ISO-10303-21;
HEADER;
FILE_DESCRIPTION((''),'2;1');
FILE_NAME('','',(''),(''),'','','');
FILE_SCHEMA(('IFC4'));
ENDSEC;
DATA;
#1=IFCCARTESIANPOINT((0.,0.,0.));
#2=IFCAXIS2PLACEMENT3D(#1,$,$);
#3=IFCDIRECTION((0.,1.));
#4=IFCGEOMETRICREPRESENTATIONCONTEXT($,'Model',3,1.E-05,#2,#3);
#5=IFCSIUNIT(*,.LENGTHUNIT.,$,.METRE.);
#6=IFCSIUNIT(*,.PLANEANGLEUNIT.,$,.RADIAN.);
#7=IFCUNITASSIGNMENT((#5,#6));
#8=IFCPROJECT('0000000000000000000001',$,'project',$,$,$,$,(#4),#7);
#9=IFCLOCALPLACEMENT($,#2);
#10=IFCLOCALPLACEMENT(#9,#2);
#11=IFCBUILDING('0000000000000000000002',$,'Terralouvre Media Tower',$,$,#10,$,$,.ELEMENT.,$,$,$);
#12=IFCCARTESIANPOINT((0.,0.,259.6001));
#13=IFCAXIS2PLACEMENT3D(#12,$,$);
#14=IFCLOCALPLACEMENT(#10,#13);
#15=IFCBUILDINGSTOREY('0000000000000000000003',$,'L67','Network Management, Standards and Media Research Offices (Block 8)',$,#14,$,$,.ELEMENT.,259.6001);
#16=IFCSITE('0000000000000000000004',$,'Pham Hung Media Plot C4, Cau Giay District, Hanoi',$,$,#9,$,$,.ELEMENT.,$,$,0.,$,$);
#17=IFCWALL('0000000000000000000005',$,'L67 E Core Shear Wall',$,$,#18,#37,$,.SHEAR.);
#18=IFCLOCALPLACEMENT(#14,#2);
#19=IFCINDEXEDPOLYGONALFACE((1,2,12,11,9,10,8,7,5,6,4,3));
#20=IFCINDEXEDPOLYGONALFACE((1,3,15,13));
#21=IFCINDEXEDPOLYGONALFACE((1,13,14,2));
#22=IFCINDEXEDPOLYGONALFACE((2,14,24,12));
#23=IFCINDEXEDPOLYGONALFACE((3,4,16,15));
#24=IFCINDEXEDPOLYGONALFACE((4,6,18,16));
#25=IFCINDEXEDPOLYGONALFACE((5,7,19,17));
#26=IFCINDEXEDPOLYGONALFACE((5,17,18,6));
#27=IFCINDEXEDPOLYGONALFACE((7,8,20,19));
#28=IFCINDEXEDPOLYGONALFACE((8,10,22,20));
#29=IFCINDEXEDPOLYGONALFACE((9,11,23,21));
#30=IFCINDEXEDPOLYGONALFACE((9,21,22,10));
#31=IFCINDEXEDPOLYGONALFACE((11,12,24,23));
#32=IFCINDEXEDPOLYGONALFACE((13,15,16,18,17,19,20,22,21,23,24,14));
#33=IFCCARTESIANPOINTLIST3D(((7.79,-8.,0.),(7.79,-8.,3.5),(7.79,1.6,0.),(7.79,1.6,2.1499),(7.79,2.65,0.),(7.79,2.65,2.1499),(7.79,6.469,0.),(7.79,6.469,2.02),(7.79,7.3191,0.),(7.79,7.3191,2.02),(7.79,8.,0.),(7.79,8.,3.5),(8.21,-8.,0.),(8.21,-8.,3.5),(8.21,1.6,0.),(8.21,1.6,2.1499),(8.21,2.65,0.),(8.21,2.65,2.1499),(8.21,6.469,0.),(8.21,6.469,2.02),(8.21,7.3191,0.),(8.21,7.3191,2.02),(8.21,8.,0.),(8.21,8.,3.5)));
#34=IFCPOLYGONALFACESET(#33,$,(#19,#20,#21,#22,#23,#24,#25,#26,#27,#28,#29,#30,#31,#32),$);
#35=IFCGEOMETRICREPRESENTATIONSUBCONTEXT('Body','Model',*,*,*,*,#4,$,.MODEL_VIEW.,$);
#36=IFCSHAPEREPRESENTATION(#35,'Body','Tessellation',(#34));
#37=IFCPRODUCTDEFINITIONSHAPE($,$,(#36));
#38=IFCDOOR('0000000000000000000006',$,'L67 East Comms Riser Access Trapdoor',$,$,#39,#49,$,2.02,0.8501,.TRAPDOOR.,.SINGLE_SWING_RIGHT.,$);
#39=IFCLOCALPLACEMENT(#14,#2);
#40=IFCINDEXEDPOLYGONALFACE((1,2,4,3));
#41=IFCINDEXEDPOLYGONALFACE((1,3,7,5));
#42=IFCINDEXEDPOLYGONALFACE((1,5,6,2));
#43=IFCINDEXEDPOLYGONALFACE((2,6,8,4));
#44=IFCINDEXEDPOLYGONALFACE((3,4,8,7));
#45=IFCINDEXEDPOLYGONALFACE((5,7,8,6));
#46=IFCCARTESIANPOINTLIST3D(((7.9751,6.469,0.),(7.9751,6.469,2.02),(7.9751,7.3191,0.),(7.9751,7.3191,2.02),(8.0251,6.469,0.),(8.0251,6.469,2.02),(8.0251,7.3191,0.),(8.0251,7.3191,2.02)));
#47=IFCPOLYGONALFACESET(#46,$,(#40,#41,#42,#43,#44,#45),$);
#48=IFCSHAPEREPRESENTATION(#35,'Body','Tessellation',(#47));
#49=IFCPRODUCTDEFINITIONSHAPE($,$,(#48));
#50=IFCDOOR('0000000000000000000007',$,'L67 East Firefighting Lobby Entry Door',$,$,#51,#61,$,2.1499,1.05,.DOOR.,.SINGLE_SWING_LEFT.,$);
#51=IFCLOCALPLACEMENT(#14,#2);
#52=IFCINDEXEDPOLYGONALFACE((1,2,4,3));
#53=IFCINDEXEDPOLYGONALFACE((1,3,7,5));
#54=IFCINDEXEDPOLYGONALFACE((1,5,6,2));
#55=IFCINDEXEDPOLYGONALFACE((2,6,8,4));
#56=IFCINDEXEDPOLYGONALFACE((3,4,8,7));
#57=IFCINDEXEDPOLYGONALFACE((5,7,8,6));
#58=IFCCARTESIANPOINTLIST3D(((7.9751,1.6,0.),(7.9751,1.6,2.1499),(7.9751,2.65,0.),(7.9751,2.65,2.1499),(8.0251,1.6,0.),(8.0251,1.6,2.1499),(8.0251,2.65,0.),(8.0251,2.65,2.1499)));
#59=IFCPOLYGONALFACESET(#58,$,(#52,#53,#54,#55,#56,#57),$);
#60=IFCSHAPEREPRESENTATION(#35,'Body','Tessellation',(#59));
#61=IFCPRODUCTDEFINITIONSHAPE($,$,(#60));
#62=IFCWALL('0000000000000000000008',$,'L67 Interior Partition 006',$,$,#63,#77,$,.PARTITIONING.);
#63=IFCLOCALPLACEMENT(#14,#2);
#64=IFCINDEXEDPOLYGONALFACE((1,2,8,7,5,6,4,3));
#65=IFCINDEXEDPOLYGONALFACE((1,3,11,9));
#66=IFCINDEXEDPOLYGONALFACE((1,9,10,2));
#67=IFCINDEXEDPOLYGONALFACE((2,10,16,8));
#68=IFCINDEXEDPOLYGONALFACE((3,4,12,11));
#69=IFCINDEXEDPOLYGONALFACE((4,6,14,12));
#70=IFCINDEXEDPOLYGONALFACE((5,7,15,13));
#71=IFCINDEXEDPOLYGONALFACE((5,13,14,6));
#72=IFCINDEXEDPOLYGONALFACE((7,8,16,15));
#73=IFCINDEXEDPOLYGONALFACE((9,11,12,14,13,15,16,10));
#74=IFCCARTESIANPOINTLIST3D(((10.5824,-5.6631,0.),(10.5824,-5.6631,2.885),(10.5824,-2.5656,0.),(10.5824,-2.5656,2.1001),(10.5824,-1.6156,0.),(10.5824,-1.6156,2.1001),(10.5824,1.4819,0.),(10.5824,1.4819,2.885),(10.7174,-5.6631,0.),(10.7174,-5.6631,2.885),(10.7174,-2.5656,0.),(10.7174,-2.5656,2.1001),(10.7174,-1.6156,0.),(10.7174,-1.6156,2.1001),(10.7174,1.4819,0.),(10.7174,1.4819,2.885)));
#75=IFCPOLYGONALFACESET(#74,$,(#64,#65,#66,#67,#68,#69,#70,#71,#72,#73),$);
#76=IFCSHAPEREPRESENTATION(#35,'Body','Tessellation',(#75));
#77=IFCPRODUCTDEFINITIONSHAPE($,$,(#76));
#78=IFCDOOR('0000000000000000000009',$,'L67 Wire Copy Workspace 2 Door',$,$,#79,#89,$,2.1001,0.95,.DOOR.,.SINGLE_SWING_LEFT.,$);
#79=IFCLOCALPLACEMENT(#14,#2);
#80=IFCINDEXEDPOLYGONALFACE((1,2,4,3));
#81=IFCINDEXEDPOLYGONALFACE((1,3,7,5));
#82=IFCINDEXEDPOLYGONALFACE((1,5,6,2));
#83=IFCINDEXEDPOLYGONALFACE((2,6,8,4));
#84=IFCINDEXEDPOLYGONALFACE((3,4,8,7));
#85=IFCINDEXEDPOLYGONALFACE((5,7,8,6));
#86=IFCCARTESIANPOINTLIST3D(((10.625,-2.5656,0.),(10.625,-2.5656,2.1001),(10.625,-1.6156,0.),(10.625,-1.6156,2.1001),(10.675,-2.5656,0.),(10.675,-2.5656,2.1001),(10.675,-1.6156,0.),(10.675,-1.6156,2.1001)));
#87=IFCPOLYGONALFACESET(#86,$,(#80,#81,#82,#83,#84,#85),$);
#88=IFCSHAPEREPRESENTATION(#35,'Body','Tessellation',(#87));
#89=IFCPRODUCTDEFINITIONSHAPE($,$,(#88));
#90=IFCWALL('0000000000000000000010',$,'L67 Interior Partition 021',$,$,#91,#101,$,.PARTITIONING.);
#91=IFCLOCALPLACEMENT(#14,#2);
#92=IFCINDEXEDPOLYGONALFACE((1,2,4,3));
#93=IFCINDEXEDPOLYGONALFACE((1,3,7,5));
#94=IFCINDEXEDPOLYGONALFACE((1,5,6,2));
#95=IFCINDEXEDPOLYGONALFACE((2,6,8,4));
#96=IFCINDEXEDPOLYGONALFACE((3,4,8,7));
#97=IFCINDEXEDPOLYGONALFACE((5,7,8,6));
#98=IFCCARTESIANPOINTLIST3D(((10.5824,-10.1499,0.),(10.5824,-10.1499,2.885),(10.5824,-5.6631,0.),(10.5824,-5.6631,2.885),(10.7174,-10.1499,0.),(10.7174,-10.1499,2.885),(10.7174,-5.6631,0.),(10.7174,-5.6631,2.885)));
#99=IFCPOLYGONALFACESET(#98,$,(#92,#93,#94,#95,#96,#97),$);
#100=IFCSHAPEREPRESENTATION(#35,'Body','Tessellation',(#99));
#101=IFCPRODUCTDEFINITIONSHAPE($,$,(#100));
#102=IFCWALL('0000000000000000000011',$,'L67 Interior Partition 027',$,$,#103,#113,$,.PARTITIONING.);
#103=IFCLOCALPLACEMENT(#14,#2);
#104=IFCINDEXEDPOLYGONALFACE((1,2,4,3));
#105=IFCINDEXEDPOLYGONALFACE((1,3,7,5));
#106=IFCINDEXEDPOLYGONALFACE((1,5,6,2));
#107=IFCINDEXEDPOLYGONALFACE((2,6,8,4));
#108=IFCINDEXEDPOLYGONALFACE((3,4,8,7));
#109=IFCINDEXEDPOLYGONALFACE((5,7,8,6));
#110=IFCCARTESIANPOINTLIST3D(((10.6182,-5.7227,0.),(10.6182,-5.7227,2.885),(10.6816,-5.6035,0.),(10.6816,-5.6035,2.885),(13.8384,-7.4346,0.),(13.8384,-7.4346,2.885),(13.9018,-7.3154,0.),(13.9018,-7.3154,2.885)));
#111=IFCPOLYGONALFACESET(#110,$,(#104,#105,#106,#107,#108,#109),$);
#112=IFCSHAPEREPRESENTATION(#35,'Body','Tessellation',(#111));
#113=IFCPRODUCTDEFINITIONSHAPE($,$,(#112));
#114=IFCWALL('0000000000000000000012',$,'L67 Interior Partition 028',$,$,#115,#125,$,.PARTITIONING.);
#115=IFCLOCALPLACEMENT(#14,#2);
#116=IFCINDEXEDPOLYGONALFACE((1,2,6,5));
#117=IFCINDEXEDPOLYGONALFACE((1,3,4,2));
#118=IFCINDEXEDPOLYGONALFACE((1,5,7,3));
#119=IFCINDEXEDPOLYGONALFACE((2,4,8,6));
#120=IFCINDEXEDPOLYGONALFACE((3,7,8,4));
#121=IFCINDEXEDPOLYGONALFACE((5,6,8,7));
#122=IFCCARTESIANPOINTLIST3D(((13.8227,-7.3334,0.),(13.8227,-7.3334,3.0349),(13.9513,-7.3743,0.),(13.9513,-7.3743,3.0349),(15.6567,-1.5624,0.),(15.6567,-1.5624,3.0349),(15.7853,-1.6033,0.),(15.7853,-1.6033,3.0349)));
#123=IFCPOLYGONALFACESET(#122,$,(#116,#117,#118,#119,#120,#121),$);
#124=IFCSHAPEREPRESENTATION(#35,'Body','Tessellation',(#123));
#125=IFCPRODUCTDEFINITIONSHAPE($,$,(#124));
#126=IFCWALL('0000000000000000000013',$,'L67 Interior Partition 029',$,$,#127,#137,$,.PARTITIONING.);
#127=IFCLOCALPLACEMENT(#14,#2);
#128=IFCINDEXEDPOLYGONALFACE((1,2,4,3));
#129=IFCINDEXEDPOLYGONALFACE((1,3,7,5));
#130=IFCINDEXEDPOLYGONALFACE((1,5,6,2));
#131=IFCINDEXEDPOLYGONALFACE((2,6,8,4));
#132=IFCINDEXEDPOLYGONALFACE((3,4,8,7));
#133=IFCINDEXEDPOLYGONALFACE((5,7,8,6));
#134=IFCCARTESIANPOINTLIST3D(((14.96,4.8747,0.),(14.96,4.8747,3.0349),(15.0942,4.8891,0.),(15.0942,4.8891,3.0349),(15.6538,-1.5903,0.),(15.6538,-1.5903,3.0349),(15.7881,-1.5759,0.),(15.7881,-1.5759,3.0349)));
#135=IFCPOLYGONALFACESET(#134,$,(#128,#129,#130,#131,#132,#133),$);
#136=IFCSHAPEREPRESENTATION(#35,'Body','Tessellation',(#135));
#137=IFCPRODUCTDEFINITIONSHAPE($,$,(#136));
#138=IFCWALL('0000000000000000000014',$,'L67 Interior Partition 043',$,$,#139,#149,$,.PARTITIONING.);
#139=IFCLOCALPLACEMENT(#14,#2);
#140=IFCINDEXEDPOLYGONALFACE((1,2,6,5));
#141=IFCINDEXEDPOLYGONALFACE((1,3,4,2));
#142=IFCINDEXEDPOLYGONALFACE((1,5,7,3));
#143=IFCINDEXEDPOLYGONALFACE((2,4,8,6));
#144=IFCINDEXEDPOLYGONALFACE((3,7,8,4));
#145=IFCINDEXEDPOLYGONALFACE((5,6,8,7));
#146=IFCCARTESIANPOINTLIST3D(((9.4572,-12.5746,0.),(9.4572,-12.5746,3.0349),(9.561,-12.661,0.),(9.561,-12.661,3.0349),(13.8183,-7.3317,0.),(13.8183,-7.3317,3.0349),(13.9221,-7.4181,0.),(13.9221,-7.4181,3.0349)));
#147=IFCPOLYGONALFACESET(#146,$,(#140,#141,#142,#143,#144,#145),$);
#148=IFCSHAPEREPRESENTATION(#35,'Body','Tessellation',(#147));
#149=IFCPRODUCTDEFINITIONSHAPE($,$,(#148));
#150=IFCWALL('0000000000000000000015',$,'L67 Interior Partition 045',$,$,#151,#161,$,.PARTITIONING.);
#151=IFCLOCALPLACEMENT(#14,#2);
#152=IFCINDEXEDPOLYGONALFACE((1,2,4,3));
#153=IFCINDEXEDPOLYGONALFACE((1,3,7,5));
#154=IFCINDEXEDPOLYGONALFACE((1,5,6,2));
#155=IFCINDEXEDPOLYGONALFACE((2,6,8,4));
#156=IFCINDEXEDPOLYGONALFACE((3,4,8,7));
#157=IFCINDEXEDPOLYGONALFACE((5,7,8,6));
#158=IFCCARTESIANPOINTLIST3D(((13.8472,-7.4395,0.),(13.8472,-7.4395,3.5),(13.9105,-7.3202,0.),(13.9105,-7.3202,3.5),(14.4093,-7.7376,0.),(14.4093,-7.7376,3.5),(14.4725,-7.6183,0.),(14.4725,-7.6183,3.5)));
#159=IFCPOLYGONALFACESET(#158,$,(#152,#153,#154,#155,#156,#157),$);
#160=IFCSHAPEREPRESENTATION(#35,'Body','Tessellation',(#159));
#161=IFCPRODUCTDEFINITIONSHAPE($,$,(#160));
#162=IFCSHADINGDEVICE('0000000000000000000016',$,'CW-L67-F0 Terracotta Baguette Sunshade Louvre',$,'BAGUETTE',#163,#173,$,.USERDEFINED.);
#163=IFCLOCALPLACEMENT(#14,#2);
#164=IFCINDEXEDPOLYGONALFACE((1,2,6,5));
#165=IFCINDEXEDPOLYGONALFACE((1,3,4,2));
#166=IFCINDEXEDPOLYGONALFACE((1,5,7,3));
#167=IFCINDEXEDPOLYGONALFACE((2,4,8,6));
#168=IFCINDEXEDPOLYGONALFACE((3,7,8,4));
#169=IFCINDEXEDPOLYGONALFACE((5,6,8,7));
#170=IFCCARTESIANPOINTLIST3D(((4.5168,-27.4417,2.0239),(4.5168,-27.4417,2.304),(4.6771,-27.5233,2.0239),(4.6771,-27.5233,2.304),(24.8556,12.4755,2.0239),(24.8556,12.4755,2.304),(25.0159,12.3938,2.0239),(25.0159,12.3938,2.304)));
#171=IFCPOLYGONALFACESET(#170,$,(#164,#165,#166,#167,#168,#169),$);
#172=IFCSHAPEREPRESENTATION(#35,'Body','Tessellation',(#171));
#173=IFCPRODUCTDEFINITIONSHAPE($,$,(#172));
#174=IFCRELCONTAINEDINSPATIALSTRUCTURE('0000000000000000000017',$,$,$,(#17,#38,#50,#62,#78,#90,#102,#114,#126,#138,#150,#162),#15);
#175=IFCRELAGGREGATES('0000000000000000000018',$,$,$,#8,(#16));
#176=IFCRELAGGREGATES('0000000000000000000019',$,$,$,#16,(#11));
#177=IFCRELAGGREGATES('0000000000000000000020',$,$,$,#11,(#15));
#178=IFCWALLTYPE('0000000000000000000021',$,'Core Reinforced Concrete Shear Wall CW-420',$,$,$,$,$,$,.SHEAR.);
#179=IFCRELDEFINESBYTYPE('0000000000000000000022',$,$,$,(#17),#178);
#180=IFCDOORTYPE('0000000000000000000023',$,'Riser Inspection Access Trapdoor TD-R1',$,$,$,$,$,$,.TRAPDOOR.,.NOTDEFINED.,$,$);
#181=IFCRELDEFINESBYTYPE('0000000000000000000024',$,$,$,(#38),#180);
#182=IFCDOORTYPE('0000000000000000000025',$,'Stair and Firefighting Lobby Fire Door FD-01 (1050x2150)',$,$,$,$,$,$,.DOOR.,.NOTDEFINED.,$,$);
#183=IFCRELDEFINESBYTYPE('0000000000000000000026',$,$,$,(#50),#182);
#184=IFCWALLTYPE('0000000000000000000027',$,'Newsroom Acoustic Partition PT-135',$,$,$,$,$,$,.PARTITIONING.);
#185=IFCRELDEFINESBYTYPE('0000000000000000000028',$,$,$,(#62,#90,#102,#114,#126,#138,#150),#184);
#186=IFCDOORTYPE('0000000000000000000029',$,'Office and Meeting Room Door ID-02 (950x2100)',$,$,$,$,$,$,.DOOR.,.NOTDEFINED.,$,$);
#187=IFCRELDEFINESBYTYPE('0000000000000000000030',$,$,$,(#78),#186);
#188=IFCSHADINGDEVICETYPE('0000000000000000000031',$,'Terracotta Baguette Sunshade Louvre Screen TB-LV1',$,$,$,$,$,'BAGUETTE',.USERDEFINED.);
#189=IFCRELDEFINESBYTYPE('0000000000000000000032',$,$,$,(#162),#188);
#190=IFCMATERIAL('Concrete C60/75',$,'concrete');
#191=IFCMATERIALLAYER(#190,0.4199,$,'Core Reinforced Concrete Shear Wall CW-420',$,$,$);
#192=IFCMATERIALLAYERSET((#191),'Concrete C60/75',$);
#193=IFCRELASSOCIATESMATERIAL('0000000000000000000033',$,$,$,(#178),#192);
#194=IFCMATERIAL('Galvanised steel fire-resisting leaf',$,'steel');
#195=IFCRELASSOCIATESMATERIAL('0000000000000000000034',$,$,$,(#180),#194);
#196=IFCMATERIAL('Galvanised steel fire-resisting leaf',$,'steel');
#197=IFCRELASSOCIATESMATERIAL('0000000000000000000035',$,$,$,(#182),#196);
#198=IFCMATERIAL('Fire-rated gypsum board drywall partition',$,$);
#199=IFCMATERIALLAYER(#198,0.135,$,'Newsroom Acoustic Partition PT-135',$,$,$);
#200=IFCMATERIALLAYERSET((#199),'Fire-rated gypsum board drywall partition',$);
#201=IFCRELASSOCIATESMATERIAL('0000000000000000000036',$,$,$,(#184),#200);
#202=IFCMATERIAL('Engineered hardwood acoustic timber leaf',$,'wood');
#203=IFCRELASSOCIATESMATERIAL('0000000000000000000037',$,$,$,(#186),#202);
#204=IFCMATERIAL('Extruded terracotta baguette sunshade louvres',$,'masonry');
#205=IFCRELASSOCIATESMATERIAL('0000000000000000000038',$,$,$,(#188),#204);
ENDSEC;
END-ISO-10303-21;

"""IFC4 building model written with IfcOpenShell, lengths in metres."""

from ifc_helpers import new_model, si_unit, direction, frame, frame_2d, origin, origin_2d, place, context, subcontext, project, spatial, rectangle, extrude, material, layer, layer_set, type_object, element, fill, save


model = new_model("IFC4")

# Units and contexts
model_context = context("Model", 3, precision=1e-05, world=origin(), true_north=direction((0.0, 1.0)))
body_context = subcontext(model_context, "Body", "Model", "MODEL_VIEW")
ifc_project = project(units=[si_unit("LENGTHUNIT", "METRE"), si_unit("PLANEANGLEUNIT", "RADIAN")], contexts=[model_context])

# Site, building, storey
site_placement = place(None, origin())
site = spatial("IfcSite", under=ifc_project, at=site_placement, Name="Pham Hung Media Plot C4, Cau Giay District, Hanoi", CompositionType="ELEMENT", RefElevation=0.0)
building_placement = place(site_placement, origin())
building = spatial("IfcBuilding", under=site, at=building_placement, Name="Terralouvre Media Tower", CompositionType="ELEMENT")
storey_placement = place(building_placement, frame((0.0, 0.0, 259.6001)))
storey = spatial("IfcBuildingStorey", under=building, at=storey_placement, Name="L67", Description="Network Management, Standards and Media Research Offices (Block 8)", CompositionType="ELEMENT", Elevation=259.6001)

# Wall, openings, doors
ifc_material_1 = material(Name="Concrete C60/75", Category="concrete")
ifc_layer_1 = layer(ifc_material_1, 0.4199, Name="Core Reinforced Concrete Shear Wall CW-420")
ifc_layer_set_1 = layer_set([ifc_layer_1], Name="Concrete C60/75")
wall_type_1 = type_object("IfcWallType", Name="Core Reinforced Concrete Shear Wall CW-420", PredefinedType="SHEAR", material=ifc_layer_set_1)
wall_1_placement = place(storey_placement, frame((8.0, -8.0, 0.0), z_axis=(0.0, 0.0, 1.0), x_axis=(0.0, 1.0, 0.0)))
wall_1 = element("IfcWall", 1, at=wall_1_placement, inside=storey, type_object=wall_type_1, Name="L67 E Core Shear Wall", PredefinedType="SHEAR", context=body_context, shape_type="SweptSolid", body=[
    extrude(rectangle(XDim=16.0, YDim=0.4199, at=frame_2d((8.0, 0.0))), origin(), (0.0, 0.0, 1.0), 3.5),
])
opening_1_placement = place(wall_1_placement, frame((9.6001, 0.0, 0.0)))
opening_1 = element("IfcOpeningElement", 2, at=opening_1_placement, cuts=wall_1, PredefinedType="OPENING", context=body_context, shape_type="SweptSolid", body=[
    extrude(rectangle(XDim=1.05, YDim=2.1499, at=frame_2d((0.5249, 1.075))), frame((0.0, 0.22, 0.0), z_axis=(0.0, -1.0, 0.0), x_axis=(1.0, 0.0, 0.0)), (0.0, 0.0, 1.0), 0.4399),
])
opening_2_placement = place(wall_1_placement, frame((14.469, 0.0, 0.0)))
opening_2 = element("IfcOpeningElement", 3, at=opening_2_placement, cuts=wall_1, PredefinedType="OPENING", context=body_context, shape_type="SweptSolid", body=[
    extrude(rectangle(XDim=0.8501, YDim=2.02, at=frame_2d((0.425, 1.01))), frame((0.0, 0.22, 0.0), z_axis=(0.0, -1.0, 0.0), x_axis=(1.0, 0.0, 0.0)), (0.0, 0.0, 1.0), 0.4399),
])
ifc_material_2 = material(Name="Galvanised steel fire-resisting leaf", Category="steel")
door_type_1 = type_object("IfcDoorType", Name="Riser Inspection Access Trapdoor TD-R1", OperationType="NOTDEFINED", PredefinedType="TRAPDOOR", material=ifc_material_2)
door_1_placement = place(opening_2_placement, origin())
door_1 = element("IfcDoor", 4, at=door_1_placement, inside=storey, type_object=door_type_1, Name="L67 East Comms Riser Access Trapdoor", OperationType="SINGLE_SWING_RIGHT", OverallHeight=2.02, OverallWidth=0.8501, PredefinedType="TRAPDOOR", context=body_context, shape_type="SweptSolid", body=[
    extrude(rectangle(XDim=0.8501, YDim=2.02, at=frame_2d((0.425, 1.01))), frame((0.0, 0.0249, 0.0), z_axis=(0.0, -1.0, 0.0), x_axis=(1.0, 0.0, 0.0)), (0.0, 0.0, 1.0), 0.05),
])
fill(opening_2, door_1)
ifc_material_3 = material(Name="Galvanised steel fire-resisting leaf", Category="steel")
door_type_2 = type_object("IfcDoorType", Name="Stair and Firefighting Lobby Fire Door FD-01 (1050x2150)", OperationType="NOTDEFINED", PredefinedType="DOOR", material=ifc_material_3)
door_2_placement = place(opening_1_placement, origin())
door_2 = element("IfcDoor", 5, at=door_2_placement, inside=storey, type_object=door_type_2, Name="L67 East Firefighting Lobby Entry Door", OperationType="SINGLE_SWING_LEFT", OverallHeight=2.1499, OverallWidth=1.05, PredefinedType="DOOR", context=body_context, shape_type="SweptSolid", body=[
    extrude(rectangle(XDim=1.05, YDim=2.1499, at=frame_2d((0.5249, 1.075))), frame((0.0, 0.0249, 0.0), z_axis=(0.0, -1.0, 0.0), x_axis=(1.0, 0.0, 0.0)), (0.0, 0.0, 1.0), 0.05),
])
fill(opening_1, door_2)

# Wall, opening, door
ifc_material_4 = material(Name="Fire-rated gypsum board drywall partition")
ifc_layer_2 = layer(ifc_material_4, 0.135, Name="Newsroom Acoustic Partition PT-135")
ifc_layer_set_2 = layer_set([ifc_layer_2], Name="Fire-rated gypsum board drywall partition")
wall_type_2 = type_object("IfcWallType", Name="Newsroom Acoustic Partition PT-135", PredefinedType="PARTITIONING", material=ifc_layer_set_2)
wall_2_placement = place(storey_placement, frame((10.6499, -5.6631, 0.0), z_axis=(0.0, 0.0, 1.0), x_axis=(0.0, 1.0, 0.0)))
wall_2 = element("IfcWall", 6, at=wall_2_placement, inside=storey, type_object=wall_type_2, Name="L67 Interior Partition 006", PredefinedType="PARTITIONING", context=body_context, shape_type="SweptSolid", body=[
    extrude(rectangle(XDim=7.145, YDim=0.135, at=frame_2d((3.5725, 0.0))), origin(), (0.0, 0.0, 1.0), 2.885),
])
opening_3_placement = place(wall_2_placement, frame((3.0974, 0.0, 0.0)))
opening_3 = element("IfcOpeningElement", 7, at=opening_3_placement, cuts=wall_2, PredefinedType="OPENING", context=body_context, shape_type="SweptSolid", body=[
    extrude(rectangle(XDim=0.95, YDim=2.1001, at=frame_2d((0.4751, 1.05))), frame((0.0, 0.0774, 0.0), z_axis=(0.0, -1.0, 0.0), x_axis=(1.0, 0.0, 0.0)), (0.0, 0.0, 1.0), 0.155),
])
ifc_material_5 = material(Name="Engineered hardwood acoustic timber leaf", Category="wood")
door_type_3 = type_object("IfcDoorType", Name="Office and Meeting Room Door ID-02 (950x2100)", OperationType="NOTDEFINED", PredefinedType="DOOR", material=ifc_material_5)
door_3_placement = place(opening_3_placement, origin())
door_3 = element("IfcDoor", 8, at=door_3_placement, inside=storey, type_object=door_type_3, Name="L67 Wire Copy Workspace 2 Door", OperationType="SINGLE_SWING_LEFT", OverallHeight=2.1001, OverallWidth=0.95, PredefinedType="DOOR", context=body_context, shape_type="SweptSolid", body=[
    extrude(rectangle(XDim=0.95, YDim=2.1001, at=frame_2d((0.4751, 1.05))), frame((0.0, 0.0249, 0.0), z_axis=(0.0, -1.0, 0.0), x_axis=(1.0, 0.0, 0.0)), (0.0, 0.0, 1.0), 0.05),
])
fill(opening_3, door_3)

# Walls
wall_3_placement = place(storey_placement, frame((10.6499, -10.1499, 0.0), z_axis=(0.0, 0.0, 1.0), x_axis=(0.0, 1.0, 0.0)))
element("IfcWall", 9, at=wall_3_placement, inside=storey, type_object=wall_type_2, Name="L67 Interior Partition 021", PredefinedType="PARTITIONING", context=body_context, shape_type="SweptSolid", body=[
    extrude(rectangle(XDim=4.4868, YDim=0.135, at=frame_2d((2.2434, 0.0))), origin(), (0.0, 0.0, 1.0), 2.885),
])
wall_4_placement = place(storey_placement, frame((10.6499, -5.6631, 0.0), z_axis=(0.0, 0.0, 1.0), x_axis=(0.882982, -0.469406, 0.0)))
element("IfcWall", 10, at=wall_4_placement, inside=storey, type_object=wall_type_2, Name="L67 Interior Partition 027", PredefinedType="PARTITIONING", context=body_context, shape_type="SweptSolid", body=[
    extrude(rectangle(XDim=3.647, YDim=0.135, at=frame_2d((1.8235, 0.0))), origin(), (0.0, 0.0, 1.0), 2.885),
])
wall_5_placement = place(storey_placement, frame((13.887, -7.354, 0.0), z_axis=(0.0, 0.0, 1.0), x_axis=(0.302867, 0.953033, 0.0)))
element("IfcWall", 11, at=wall_5_placement, inside=storey, type_object=wall_type_2, Name="L67 Interior Partition 028", PredefinedType="PARTITIONING", context=body_context, shape_type="SweptSolid", body=[
    extrude(rectangle(XDim=6.0554, YDim=0.135, at=frame_2d((3.0278, 0.0))), origin(), (0.0, 0.0, 1.0), 3.0349),
])
wall_6_placement = place(storey_placement, frame((15.7209, -1.583, 0.0), z_axis=(0.0, 0.0, 1.0), x_axis=(-0.106709, 0.99429, 0.0)))
element("IfcWall", 12, at=wall_6_placement, inside=storey, type_object=wall_type_2, Name="L67 Interior Partition 029", PredefinedType="PARTITIONING", context=body_context, shape_type="SweptSolid", body=[
    extrude(rectangle(XDim=6.5022, YDim=0.135, at=frame_2d((3.251, 0.0))), origin(), (0.0, 0.0, 1.0), 3.0349),
])
wall_7_placement = place(storey_placement, frame((13.8701, -7.375, 0.0), z_axis=(0.0, 0.0, 1.0), x_axis=(-0.63949, -0.768799, 0.0)))
element("IfcWall", 13, at=wall_7_placement, inside=storey, type_object=wall_type_2, Name="L67 Interior Partition 043", PredefinedType="PARTITIONING", context=body_context, shape_type="SweptSolid", body=[
    extrude(rectangle(XDim=6.8196, YDim=0.135, at=frame_2d((3.4097, 0.0))), origin(), (0.0, 0.0, 1.0), 3.0349),
])
wall_8_placement = place(storey_placement, frame((14.4409, -7.678, 0.0), z_axis=(0.0, 0.0, 1.0), x_axis=(-0.883424, 0.468575, 0.0)))
element("IfcWall", 14, at=wall_8_placement, inside=storey, type_object=wall_type_2, Name="L67 Interior Partition 045", PredefinedType="PARTITIONING", context=body_context, shape_type="SweptSolid", body=[
    extrude(rectangle(XDim=0.6362, YDim=0.135, at=frame_2d((0.3181, 0.0))), origin(), (0.0, 0.0, 1.0), 3.5),
])

# Shading device
ifc_material_6 = material(Name="Extruded terracotta baguette sunshade louvres", Category="masonry")
shading_device_type = type_object("IfcShadingDeviceType", Name="Terracotta Baguette Sunshade Louvre Screen TB-LV1", ElementType="BAGUETTE", PredefinedType="USERDEFINED", material=ifc_material_6)
shading_device_placement = place(storey_placement, frame((14.7664, -7.5239, 2.0239), z_axis=(0.0, 0.0, 1.0), x_axis=(0.45399, 0.891007, 0.0)))
element("IfcShadingDevice", 15, at=shading_device_placement, inside=storey, type_object=shading_device_type, Name="CW-L67-F0 Terracotta Baguette Sunshade Louvre", ObjectType="BAGUETTE", PredefinedType="USERDEFINED", context=body_context, shape_type="SweptSolid", body=[
    extrude(rectangle(XDim=44.8, YDim=0.1799, at=origin_2d()), origin(), (0.0, 0.0, 1.0), 0.28),
])

save(model, "model.ifc")
